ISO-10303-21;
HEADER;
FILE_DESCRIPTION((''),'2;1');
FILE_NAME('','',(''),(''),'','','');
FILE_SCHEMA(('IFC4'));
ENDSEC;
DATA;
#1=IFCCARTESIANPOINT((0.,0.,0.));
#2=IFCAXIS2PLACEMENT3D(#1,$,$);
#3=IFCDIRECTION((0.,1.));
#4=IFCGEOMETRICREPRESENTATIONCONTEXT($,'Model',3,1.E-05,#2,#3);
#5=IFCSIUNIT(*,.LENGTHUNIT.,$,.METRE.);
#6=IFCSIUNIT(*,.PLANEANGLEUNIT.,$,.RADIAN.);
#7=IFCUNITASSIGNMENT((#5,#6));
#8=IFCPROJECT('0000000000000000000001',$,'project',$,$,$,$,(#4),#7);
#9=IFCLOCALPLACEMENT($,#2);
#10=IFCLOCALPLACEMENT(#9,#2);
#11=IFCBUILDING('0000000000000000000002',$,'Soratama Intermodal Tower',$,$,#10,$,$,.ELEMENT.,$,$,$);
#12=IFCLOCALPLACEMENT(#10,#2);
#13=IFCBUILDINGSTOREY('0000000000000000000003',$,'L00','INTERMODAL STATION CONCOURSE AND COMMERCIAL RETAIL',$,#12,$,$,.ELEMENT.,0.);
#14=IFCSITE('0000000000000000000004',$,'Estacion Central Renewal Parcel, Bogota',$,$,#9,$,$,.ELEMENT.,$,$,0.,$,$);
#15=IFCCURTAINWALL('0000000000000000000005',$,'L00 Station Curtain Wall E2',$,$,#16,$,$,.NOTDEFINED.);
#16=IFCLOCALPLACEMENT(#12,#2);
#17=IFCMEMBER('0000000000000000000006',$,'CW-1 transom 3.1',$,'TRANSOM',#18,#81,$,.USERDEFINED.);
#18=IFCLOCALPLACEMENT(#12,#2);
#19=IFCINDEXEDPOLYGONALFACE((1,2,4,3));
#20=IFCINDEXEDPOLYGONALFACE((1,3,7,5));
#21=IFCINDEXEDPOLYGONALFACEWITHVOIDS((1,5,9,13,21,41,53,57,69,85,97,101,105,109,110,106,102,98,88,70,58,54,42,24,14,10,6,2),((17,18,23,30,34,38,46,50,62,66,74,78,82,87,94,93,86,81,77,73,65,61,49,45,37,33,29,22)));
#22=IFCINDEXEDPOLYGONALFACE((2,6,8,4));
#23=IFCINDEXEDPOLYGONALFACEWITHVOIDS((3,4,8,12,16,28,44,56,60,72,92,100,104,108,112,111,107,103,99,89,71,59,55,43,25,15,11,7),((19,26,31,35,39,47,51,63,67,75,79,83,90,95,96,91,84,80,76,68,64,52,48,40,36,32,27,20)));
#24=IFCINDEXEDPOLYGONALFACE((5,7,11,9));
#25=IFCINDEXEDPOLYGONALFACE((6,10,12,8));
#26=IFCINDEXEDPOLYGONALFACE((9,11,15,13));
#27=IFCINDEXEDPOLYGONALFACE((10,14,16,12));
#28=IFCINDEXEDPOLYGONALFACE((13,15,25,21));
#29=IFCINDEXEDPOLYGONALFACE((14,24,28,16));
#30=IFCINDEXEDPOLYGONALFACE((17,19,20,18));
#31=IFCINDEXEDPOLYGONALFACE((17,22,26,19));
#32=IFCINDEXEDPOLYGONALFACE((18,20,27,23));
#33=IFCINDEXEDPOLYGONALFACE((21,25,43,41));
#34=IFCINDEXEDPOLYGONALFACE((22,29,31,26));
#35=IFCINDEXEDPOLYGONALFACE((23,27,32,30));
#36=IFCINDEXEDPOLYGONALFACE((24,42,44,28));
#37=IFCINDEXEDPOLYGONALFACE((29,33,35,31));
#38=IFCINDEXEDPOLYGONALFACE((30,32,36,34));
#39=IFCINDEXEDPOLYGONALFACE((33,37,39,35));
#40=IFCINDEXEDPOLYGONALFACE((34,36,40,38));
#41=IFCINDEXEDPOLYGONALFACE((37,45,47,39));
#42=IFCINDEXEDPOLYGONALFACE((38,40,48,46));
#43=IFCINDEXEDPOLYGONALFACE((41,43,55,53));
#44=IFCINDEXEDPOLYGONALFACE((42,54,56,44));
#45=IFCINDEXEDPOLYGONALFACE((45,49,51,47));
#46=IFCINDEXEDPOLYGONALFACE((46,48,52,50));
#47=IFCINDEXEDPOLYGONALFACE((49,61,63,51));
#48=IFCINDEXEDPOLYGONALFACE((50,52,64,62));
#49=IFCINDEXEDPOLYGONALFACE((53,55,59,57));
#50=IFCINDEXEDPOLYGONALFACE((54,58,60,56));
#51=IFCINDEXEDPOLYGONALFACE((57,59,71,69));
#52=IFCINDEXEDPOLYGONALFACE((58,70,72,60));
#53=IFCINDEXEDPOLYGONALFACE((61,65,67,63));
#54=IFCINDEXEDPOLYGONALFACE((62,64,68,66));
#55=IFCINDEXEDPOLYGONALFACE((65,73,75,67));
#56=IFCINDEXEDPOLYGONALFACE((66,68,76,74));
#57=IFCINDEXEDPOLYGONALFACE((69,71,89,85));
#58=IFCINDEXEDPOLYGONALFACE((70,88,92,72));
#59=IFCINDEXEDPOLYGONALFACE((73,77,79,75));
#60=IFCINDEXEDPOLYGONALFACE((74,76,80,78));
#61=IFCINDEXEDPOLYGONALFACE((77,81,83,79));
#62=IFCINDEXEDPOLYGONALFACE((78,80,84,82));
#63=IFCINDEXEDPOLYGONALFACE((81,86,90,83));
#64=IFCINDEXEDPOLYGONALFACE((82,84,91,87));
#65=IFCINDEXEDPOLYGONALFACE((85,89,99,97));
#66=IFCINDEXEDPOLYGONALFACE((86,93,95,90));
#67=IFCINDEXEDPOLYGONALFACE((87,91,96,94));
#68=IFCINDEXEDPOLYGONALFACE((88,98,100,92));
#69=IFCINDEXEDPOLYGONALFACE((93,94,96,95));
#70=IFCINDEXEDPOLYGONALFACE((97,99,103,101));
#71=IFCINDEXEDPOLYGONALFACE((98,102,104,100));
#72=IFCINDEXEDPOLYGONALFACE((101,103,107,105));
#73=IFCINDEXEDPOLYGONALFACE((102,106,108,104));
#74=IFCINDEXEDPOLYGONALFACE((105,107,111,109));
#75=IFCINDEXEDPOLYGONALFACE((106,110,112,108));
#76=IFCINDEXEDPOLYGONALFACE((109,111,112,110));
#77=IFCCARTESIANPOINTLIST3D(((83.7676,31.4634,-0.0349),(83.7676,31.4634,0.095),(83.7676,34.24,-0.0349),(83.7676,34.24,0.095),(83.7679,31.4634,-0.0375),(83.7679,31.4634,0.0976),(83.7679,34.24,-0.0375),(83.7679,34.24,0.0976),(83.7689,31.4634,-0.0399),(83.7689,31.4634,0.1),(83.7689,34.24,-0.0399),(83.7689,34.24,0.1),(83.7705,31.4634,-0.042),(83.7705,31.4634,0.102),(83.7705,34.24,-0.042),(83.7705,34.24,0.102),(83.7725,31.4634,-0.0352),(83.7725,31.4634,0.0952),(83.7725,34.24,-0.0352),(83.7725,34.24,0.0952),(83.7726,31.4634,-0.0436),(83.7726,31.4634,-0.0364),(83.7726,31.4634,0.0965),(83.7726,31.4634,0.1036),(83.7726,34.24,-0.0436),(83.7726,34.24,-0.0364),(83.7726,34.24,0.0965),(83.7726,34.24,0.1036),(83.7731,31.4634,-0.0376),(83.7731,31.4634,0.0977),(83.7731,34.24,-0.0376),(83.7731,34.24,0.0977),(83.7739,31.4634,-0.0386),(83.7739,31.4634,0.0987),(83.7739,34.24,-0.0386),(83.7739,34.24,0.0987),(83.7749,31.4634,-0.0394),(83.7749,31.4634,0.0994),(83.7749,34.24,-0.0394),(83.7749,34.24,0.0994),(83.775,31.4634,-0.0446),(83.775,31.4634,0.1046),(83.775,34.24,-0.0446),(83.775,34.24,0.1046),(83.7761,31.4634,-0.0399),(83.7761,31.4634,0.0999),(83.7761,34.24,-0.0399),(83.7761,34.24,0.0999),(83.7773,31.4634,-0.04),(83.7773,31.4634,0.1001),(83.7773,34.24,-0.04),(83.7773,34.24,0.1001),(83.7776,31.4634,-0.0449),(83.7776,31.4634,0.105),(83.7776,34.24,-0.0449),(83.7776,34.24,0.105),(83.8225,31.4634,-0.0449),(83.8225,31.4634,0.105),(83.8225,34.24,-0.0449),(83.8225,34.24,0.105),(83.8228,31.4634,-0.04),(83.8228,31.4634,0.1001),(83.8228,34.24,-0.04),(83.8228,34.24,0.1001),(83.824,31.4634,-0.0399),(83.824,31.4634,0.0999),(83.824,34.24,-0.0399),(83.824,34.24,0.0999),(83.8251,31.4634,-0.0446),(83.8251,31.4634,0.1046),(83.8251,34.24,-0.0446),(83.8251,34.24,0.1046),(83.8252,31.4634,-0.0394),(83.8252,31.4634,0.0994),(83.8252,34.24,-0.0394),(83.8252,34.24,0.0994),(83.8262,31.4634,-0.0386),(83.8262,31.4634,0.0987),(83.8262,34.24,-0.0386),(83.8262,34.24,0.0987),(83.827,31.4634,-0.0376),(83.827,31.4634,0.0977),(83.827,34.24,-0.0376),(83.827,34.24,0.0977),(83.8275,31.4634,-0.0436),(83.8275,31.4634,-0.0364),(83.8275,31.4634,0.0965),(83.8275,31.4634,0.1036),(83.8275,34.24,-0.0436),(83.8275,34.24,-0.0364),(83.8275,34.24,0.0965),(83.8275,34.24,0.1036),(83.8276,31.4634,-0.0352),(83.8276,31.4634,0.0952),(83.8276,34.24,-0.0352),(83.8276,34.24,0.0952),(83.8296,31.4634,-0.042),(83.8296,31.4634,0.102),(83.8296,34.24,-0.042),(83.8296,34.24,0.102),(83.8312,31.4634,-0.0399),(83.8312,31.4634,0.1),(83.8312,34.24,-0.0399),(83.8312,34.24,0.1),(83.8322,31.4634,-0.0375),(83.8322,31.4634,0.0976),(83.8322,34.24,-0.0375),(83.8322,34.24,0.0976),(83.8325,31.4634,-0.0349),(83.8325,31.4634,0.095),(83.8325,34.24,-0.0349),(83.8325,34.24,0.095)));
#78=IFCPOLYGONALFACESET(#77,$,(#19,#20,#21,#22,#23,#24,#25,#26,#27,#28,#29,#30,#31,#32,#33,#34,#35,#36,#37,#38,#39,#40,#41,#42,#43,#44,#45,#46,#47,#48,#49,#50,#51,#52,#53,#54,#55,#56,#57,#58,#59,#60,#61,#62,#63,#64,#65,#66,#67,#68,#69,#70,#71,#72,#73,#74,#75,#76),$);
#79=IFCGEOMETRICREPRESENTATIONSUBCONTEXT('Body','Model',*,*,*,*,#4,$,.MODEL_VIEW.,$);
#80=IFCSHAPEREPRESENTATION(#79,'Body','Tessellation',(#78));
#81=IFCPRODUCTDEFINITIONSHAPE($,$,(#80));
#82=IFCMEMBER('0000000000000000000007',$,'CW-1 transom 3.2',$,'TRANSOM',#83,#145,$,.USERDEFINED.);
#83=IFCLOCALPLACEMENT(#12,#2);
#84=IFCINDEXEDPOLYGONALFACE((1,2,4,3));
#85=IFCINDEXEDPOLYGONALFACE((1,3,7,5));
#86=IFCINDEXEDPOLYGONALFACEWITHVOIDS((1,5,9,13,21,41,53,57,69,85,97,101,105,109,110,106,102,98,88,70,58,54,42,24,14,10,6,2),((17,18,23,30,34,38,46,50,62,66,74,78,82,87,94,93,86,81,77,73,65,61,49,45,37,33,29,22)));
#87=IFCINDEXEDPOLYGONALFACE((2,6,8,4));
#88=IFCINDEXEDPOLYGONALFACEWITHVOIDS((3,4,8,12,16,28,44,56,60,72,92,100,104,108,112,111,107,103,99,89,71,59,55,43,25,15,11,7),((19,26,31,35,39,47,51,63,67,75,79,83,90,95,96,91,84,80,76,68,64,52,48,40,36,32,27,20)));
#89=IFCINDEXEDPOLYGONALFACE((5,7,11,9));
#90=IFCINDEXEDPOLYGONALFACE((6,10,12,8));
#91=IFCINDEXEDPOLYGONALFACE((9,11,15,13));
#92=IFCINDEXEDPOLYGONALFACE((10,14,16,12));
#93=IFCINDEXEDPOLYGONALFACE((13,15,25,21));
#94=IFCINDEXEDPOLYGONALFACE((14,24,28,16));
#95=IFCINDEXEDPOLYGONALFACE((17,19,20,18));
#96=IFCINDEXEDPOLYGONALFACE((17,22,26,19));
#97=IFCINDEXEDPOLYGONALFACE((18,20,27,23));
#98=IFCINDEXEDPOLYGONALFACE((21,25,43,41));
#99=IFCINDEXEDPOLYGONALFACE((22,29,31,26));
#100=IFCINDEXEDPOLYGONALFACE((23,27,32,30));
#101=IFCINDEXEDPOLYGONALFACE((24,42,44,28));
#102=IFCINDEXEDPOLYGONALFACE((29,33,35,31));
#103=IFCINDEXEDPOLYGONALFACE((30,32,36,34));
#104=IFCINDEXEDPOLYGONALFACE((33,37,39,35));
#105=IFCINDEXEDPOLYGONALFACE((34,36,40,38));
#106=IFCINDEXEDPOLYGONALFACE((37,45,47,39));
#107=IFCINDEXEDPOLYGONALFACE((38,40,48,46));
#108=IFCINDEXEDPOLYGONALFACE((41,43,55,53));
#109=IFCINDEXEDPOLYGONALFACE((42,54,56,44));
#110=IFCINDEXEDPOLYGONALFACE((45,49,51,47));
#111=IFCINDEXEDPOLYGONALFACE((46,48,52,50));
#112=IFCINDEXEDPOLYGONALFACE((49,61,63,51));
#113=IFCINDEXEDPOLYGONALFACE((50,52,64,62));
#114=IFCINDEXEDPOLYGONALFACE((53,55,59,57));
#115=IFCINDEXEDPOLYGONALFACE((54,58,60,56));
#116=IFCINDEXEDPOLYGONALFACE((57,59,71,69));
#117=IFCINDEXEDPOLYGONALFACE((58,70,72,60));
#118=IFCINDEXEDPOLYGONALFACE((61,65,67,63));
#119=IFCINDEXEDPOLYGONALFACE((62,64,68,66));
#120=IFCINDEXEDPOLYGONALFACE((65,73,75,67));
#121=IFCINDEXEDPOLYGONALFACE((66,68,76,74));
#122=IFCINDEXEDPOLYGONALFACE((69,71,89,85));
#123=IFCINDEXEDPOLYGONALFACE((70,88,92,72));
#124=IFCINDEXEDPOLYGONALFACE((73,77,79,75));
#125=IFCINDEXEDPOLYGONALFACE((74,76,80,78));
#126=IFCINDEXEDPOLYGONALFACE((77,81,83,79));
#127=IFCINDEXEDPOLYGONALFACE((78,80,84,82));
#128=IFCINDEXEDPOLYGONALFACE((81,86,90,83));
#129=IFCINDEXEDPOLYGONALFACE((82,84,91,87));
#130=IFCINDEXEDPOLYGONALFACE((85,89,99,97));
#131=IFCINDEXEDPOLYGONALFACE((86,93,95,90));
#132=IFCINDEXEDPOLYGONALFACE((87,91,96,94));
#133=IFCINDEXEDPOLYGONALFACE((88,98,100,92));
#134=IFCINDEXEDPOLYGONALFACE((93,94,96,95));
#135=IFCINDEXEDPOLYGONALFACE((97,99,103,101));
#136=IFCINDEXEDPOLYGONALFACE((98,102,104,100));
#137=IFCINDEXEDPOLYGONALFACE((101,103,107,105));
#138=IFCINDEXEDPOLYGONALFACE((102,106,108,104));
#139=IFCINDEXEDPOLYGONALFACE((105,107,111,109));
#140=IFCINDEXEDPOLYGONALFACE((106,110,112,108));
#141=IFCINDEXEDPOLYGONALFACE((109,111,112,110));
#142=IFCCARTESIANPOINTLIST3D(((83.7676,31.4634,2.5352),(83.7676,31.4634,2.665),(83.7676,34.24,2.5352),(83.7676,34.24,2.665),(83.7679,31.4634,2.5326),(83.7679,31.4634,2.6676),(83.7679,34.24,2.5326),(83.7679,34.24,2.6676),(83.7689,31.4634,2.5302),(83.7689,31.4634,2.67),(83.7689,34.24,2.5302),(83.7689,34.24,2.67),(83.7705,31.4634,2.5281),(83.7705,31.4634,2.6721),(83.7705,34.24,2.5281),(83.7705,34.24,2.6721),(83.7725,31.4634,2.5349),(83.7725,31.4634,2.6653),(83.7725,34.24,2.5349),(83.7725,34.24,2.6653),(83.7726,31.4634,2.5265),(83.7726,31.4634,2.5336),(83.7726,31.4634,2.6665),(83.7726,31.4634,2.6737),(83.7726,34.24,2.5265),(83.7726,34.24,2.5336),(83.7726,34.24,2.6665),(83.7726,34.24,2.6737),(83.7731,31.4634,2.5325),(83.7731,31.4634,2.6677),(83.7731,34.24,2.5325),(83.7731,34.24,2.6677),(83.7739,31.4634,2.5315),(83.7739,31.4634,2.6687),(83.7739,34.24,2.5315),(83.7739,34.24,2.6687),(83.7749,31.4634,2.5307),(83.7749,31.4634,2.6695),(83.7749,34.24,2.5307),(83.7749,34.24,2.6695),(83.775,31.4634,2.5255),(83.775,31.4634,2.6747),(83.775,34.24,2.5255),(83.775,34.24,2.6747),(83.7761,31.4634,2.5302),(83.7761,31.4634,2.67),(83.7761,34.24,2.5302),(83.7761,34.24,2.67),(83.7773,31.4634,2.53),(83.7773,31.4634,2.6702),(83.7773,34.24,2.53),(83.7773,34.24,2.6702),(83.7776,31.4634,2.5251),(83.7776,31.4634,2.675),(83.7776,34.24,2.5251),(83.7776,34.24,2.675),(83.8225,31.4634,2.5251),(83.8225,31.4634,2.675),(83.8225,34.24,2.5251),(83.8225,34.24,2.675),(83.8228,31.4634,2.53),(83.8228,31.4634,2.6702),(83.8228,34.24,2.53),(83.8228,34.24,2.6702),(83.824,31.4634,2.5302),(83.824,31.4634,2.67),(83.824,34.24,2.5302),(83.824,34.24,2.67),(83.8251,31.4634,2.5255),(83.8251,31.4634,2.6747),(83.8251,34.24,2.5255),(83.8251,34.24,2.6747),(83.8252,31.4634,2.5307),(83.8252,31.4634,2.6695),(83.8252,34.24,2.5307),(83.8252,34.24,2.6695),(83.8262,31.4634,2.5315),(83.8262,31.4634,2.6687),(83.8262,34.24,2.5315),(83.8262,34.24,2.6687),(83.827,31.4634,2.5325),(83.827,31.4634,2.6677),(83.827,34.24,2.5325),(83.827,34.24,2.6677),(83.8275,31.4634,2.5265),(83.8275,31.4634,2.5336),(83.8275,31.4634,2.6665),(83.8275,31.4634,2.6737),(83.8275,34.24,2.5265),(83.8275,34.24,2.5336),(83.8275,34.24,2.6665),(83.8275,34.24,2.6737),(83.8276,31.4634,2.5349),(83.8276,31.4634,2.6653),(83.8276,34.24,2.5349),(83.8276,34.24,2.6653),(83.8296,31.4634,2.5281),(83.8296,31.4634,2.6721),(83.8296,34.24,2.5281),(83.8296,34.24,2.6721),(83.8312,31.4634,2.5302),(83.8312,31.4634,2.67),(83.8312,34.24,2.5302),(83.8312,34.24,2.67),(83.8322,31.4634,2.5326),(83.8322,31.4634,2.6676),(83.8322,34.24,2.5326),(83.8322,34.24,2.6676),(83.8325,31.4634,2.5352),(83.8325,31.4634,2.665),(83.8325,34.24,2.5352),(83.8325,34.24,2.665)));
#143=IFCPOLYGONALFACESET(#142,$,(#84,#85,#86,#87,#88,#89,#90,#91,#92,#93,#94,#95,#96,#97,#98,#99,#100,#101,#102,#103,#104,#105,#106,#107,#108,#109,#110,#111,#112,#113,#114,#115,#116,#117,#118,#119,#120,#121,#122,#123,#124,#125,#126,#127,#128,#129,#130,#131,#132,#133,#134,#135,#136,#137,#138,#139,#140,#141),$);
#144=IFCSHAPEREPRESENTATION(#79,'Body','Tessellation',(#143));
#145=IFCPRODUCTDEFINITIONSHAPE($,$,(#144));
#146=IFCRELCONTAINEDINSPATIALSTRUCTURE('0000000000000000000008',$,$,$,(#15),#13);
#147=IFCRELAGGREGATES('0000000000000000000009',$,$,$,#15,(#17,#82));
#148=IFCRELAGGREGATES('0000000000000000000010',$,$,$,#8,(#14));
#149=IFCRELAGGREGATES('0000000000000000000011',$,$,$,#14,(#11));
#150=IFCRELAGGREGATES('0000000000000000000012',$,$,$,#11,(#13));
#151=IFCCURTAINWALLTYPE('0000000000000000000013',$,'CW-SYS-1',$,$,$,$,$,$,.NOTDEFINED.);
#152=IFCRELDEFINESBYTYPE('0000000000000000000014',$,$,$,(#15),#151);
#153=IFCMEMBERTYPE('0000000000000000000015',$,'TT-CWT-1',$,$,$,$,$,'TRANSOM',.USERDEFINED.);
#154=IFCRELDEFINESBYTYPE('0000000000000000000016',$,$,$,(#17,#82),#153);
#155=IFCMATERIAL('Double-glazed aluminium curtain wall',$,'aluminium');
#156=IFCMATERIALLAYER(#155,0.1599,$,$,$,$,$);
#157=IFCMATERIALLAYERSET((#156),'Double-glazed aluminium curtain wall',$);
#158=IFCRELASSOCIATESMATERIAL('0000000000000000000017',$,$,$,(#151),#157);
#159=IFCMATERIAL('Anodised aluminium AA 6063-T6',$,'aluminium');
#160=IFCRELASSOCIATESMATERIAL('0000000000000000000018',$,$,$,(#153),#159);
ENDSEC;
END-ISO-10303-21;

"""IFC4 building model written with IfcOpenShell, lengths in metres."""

from ifc_helpers import new_model, si_unit, direction, frame, origin, origin_2d, place, context, subcontext, project, spatial, hollow_rectangle, extrude, material, layer, layer_set, material_profile, profile_set, type_object, element, aggregate, save


model = new_model("IFC4")

# Units and contexts
model_context = context("Model", 3, precision=1e-05, world=origin(), true_north=direction((0.0, 1.0)))
body_context = subcontext(model_context, "Body", "Model", "MODEL_VIEW")
ifc_project = project(units=[si_unit("LENGTHUNIT", "METRE"), si_unit("PLANEANGLEUNIT", "RADIAN")], contexts=[model_context])

# Site, building, storey
site_placement = place(None, origin())
site = spatial("IfcSite", under=ifc_project, at=site_placement, Name="Estacion Central Renewal Parcel, Bogota", CompositionType="ELEMENT", RefElevation=0.0)
building_placement = place(site_placement, origin())
building = spatial("IfcBuilding", under=site, at=building_placement, Name="Soratama Intermodal Tower", CompositionType="ELEMENT")
storey_placement = place(building_placement, origin())
storey = spatial("IfcBuildingStorey", under=building, at=storey_placement, Name="L00", Description="INTERMODAL STATION CONCOURSE AND COMMERCIAL RETAIL", CompositionType="ELEMENT", Elevation=0.0)

# Curtain wall, members
ifc_material_1 = material(Name="Double-glazed aluminium curtain wall", Category="aluminium")
ifc_layer_1 = layer(ifc_material_1, 0.1599)
ifc_layer_set_1 = layer_set([ifc_layer_1], Name="Double-glazed aluminium curtain wall")
curtain_wall_type = type_object("IfcCurtainWallType", Name="CW-SYS-1", PredefinedType="NOTDEFINED", material=ifc_layer_set_1)
curtain_wall_placement = place(storey_placement, origin())
curtain_wall = element("IfcCurtainWall", 1, at=curtain_wall_placement, inside=storey, type_object=curtain_wall_type, Name="L00 Station Curtain Wall E2", PredefinedType="NOTDEFINED")
ifc_material_2 = material(Name="Anodised aluminium AA 6063-T6", Category="aluminium")
ifc_material_profile_1 = material_profile(ifc_material_2, hollow_rectangle(XDim=0.0649, YDim=0.1499, WallThickness=0.0049, InnerFilletRadius=0.0049, OuterFilletRadius=0.01, at=origin_2d()), Name="CWT150X65X5")
ifc_profile_set_1 = profile_set([ifc_material_profile_1], Name="Anodised aluminium AA 6063-T6")
member_type_1 = type_object("IfcMemberType", Name="TT-CWT-1", ElementType="TRANSOM", PredefinedType="USERDEFINED", material=ifc_profile_set_1)
member_1_placement = place(storey_placement, frame((83.8, 31.4634, 0.03), z_axis=(0.0, 1.0, 0.0), x_axis=(-1.0, 0.0, 0.0)))
member_1 = element("IfcMember", 2, at=member_1_placement, type_object=member_type_1, Name="CW-1 transom 3.1", ObjectType="TRANSOM", PredefinedType="USERDEFINED", context=body_context, shape_type="SweptSolid", body=[
    extrude(hollow_rectangle(XDim=0.0649, YDim=0.1499, WallThickness=0.0049, InnerFilletRadius=0.0049, OuterFilletRadius=0.01, at=origin_2d()), origin(), (0.0, 0.0, 1.0), 2.7766),
])
member_2_placement = place(storey_placement, frame((83.8, 31.4634, 2.6001), z_axis=(0.0, 1.0, 0.0), x_axis=(-1.0, 0.0, 0.0)))
member_2 = element("IfcMember", 3, at=member_2_placement, type_object=member_type_1, Name="CW-1 transom 3.2", ObjectType="TRANSOM", PredefinedType="USERDEFINED", context=body_context, shape_type="SweptSolid", body=[
    extrude(hollow_rectangle(XDim=0.0649, YDim=0.1499, WallThickness=0.0049, InnerFilletRadius=0.0049, OuterFilletRadius=0.01, at=origin_2d()), origin(), (0.0, 0.0, 1.0), 2.7766),
])
aggregate(curtain_wall, [member_1, member_2])

save(model, "model.ifc")
